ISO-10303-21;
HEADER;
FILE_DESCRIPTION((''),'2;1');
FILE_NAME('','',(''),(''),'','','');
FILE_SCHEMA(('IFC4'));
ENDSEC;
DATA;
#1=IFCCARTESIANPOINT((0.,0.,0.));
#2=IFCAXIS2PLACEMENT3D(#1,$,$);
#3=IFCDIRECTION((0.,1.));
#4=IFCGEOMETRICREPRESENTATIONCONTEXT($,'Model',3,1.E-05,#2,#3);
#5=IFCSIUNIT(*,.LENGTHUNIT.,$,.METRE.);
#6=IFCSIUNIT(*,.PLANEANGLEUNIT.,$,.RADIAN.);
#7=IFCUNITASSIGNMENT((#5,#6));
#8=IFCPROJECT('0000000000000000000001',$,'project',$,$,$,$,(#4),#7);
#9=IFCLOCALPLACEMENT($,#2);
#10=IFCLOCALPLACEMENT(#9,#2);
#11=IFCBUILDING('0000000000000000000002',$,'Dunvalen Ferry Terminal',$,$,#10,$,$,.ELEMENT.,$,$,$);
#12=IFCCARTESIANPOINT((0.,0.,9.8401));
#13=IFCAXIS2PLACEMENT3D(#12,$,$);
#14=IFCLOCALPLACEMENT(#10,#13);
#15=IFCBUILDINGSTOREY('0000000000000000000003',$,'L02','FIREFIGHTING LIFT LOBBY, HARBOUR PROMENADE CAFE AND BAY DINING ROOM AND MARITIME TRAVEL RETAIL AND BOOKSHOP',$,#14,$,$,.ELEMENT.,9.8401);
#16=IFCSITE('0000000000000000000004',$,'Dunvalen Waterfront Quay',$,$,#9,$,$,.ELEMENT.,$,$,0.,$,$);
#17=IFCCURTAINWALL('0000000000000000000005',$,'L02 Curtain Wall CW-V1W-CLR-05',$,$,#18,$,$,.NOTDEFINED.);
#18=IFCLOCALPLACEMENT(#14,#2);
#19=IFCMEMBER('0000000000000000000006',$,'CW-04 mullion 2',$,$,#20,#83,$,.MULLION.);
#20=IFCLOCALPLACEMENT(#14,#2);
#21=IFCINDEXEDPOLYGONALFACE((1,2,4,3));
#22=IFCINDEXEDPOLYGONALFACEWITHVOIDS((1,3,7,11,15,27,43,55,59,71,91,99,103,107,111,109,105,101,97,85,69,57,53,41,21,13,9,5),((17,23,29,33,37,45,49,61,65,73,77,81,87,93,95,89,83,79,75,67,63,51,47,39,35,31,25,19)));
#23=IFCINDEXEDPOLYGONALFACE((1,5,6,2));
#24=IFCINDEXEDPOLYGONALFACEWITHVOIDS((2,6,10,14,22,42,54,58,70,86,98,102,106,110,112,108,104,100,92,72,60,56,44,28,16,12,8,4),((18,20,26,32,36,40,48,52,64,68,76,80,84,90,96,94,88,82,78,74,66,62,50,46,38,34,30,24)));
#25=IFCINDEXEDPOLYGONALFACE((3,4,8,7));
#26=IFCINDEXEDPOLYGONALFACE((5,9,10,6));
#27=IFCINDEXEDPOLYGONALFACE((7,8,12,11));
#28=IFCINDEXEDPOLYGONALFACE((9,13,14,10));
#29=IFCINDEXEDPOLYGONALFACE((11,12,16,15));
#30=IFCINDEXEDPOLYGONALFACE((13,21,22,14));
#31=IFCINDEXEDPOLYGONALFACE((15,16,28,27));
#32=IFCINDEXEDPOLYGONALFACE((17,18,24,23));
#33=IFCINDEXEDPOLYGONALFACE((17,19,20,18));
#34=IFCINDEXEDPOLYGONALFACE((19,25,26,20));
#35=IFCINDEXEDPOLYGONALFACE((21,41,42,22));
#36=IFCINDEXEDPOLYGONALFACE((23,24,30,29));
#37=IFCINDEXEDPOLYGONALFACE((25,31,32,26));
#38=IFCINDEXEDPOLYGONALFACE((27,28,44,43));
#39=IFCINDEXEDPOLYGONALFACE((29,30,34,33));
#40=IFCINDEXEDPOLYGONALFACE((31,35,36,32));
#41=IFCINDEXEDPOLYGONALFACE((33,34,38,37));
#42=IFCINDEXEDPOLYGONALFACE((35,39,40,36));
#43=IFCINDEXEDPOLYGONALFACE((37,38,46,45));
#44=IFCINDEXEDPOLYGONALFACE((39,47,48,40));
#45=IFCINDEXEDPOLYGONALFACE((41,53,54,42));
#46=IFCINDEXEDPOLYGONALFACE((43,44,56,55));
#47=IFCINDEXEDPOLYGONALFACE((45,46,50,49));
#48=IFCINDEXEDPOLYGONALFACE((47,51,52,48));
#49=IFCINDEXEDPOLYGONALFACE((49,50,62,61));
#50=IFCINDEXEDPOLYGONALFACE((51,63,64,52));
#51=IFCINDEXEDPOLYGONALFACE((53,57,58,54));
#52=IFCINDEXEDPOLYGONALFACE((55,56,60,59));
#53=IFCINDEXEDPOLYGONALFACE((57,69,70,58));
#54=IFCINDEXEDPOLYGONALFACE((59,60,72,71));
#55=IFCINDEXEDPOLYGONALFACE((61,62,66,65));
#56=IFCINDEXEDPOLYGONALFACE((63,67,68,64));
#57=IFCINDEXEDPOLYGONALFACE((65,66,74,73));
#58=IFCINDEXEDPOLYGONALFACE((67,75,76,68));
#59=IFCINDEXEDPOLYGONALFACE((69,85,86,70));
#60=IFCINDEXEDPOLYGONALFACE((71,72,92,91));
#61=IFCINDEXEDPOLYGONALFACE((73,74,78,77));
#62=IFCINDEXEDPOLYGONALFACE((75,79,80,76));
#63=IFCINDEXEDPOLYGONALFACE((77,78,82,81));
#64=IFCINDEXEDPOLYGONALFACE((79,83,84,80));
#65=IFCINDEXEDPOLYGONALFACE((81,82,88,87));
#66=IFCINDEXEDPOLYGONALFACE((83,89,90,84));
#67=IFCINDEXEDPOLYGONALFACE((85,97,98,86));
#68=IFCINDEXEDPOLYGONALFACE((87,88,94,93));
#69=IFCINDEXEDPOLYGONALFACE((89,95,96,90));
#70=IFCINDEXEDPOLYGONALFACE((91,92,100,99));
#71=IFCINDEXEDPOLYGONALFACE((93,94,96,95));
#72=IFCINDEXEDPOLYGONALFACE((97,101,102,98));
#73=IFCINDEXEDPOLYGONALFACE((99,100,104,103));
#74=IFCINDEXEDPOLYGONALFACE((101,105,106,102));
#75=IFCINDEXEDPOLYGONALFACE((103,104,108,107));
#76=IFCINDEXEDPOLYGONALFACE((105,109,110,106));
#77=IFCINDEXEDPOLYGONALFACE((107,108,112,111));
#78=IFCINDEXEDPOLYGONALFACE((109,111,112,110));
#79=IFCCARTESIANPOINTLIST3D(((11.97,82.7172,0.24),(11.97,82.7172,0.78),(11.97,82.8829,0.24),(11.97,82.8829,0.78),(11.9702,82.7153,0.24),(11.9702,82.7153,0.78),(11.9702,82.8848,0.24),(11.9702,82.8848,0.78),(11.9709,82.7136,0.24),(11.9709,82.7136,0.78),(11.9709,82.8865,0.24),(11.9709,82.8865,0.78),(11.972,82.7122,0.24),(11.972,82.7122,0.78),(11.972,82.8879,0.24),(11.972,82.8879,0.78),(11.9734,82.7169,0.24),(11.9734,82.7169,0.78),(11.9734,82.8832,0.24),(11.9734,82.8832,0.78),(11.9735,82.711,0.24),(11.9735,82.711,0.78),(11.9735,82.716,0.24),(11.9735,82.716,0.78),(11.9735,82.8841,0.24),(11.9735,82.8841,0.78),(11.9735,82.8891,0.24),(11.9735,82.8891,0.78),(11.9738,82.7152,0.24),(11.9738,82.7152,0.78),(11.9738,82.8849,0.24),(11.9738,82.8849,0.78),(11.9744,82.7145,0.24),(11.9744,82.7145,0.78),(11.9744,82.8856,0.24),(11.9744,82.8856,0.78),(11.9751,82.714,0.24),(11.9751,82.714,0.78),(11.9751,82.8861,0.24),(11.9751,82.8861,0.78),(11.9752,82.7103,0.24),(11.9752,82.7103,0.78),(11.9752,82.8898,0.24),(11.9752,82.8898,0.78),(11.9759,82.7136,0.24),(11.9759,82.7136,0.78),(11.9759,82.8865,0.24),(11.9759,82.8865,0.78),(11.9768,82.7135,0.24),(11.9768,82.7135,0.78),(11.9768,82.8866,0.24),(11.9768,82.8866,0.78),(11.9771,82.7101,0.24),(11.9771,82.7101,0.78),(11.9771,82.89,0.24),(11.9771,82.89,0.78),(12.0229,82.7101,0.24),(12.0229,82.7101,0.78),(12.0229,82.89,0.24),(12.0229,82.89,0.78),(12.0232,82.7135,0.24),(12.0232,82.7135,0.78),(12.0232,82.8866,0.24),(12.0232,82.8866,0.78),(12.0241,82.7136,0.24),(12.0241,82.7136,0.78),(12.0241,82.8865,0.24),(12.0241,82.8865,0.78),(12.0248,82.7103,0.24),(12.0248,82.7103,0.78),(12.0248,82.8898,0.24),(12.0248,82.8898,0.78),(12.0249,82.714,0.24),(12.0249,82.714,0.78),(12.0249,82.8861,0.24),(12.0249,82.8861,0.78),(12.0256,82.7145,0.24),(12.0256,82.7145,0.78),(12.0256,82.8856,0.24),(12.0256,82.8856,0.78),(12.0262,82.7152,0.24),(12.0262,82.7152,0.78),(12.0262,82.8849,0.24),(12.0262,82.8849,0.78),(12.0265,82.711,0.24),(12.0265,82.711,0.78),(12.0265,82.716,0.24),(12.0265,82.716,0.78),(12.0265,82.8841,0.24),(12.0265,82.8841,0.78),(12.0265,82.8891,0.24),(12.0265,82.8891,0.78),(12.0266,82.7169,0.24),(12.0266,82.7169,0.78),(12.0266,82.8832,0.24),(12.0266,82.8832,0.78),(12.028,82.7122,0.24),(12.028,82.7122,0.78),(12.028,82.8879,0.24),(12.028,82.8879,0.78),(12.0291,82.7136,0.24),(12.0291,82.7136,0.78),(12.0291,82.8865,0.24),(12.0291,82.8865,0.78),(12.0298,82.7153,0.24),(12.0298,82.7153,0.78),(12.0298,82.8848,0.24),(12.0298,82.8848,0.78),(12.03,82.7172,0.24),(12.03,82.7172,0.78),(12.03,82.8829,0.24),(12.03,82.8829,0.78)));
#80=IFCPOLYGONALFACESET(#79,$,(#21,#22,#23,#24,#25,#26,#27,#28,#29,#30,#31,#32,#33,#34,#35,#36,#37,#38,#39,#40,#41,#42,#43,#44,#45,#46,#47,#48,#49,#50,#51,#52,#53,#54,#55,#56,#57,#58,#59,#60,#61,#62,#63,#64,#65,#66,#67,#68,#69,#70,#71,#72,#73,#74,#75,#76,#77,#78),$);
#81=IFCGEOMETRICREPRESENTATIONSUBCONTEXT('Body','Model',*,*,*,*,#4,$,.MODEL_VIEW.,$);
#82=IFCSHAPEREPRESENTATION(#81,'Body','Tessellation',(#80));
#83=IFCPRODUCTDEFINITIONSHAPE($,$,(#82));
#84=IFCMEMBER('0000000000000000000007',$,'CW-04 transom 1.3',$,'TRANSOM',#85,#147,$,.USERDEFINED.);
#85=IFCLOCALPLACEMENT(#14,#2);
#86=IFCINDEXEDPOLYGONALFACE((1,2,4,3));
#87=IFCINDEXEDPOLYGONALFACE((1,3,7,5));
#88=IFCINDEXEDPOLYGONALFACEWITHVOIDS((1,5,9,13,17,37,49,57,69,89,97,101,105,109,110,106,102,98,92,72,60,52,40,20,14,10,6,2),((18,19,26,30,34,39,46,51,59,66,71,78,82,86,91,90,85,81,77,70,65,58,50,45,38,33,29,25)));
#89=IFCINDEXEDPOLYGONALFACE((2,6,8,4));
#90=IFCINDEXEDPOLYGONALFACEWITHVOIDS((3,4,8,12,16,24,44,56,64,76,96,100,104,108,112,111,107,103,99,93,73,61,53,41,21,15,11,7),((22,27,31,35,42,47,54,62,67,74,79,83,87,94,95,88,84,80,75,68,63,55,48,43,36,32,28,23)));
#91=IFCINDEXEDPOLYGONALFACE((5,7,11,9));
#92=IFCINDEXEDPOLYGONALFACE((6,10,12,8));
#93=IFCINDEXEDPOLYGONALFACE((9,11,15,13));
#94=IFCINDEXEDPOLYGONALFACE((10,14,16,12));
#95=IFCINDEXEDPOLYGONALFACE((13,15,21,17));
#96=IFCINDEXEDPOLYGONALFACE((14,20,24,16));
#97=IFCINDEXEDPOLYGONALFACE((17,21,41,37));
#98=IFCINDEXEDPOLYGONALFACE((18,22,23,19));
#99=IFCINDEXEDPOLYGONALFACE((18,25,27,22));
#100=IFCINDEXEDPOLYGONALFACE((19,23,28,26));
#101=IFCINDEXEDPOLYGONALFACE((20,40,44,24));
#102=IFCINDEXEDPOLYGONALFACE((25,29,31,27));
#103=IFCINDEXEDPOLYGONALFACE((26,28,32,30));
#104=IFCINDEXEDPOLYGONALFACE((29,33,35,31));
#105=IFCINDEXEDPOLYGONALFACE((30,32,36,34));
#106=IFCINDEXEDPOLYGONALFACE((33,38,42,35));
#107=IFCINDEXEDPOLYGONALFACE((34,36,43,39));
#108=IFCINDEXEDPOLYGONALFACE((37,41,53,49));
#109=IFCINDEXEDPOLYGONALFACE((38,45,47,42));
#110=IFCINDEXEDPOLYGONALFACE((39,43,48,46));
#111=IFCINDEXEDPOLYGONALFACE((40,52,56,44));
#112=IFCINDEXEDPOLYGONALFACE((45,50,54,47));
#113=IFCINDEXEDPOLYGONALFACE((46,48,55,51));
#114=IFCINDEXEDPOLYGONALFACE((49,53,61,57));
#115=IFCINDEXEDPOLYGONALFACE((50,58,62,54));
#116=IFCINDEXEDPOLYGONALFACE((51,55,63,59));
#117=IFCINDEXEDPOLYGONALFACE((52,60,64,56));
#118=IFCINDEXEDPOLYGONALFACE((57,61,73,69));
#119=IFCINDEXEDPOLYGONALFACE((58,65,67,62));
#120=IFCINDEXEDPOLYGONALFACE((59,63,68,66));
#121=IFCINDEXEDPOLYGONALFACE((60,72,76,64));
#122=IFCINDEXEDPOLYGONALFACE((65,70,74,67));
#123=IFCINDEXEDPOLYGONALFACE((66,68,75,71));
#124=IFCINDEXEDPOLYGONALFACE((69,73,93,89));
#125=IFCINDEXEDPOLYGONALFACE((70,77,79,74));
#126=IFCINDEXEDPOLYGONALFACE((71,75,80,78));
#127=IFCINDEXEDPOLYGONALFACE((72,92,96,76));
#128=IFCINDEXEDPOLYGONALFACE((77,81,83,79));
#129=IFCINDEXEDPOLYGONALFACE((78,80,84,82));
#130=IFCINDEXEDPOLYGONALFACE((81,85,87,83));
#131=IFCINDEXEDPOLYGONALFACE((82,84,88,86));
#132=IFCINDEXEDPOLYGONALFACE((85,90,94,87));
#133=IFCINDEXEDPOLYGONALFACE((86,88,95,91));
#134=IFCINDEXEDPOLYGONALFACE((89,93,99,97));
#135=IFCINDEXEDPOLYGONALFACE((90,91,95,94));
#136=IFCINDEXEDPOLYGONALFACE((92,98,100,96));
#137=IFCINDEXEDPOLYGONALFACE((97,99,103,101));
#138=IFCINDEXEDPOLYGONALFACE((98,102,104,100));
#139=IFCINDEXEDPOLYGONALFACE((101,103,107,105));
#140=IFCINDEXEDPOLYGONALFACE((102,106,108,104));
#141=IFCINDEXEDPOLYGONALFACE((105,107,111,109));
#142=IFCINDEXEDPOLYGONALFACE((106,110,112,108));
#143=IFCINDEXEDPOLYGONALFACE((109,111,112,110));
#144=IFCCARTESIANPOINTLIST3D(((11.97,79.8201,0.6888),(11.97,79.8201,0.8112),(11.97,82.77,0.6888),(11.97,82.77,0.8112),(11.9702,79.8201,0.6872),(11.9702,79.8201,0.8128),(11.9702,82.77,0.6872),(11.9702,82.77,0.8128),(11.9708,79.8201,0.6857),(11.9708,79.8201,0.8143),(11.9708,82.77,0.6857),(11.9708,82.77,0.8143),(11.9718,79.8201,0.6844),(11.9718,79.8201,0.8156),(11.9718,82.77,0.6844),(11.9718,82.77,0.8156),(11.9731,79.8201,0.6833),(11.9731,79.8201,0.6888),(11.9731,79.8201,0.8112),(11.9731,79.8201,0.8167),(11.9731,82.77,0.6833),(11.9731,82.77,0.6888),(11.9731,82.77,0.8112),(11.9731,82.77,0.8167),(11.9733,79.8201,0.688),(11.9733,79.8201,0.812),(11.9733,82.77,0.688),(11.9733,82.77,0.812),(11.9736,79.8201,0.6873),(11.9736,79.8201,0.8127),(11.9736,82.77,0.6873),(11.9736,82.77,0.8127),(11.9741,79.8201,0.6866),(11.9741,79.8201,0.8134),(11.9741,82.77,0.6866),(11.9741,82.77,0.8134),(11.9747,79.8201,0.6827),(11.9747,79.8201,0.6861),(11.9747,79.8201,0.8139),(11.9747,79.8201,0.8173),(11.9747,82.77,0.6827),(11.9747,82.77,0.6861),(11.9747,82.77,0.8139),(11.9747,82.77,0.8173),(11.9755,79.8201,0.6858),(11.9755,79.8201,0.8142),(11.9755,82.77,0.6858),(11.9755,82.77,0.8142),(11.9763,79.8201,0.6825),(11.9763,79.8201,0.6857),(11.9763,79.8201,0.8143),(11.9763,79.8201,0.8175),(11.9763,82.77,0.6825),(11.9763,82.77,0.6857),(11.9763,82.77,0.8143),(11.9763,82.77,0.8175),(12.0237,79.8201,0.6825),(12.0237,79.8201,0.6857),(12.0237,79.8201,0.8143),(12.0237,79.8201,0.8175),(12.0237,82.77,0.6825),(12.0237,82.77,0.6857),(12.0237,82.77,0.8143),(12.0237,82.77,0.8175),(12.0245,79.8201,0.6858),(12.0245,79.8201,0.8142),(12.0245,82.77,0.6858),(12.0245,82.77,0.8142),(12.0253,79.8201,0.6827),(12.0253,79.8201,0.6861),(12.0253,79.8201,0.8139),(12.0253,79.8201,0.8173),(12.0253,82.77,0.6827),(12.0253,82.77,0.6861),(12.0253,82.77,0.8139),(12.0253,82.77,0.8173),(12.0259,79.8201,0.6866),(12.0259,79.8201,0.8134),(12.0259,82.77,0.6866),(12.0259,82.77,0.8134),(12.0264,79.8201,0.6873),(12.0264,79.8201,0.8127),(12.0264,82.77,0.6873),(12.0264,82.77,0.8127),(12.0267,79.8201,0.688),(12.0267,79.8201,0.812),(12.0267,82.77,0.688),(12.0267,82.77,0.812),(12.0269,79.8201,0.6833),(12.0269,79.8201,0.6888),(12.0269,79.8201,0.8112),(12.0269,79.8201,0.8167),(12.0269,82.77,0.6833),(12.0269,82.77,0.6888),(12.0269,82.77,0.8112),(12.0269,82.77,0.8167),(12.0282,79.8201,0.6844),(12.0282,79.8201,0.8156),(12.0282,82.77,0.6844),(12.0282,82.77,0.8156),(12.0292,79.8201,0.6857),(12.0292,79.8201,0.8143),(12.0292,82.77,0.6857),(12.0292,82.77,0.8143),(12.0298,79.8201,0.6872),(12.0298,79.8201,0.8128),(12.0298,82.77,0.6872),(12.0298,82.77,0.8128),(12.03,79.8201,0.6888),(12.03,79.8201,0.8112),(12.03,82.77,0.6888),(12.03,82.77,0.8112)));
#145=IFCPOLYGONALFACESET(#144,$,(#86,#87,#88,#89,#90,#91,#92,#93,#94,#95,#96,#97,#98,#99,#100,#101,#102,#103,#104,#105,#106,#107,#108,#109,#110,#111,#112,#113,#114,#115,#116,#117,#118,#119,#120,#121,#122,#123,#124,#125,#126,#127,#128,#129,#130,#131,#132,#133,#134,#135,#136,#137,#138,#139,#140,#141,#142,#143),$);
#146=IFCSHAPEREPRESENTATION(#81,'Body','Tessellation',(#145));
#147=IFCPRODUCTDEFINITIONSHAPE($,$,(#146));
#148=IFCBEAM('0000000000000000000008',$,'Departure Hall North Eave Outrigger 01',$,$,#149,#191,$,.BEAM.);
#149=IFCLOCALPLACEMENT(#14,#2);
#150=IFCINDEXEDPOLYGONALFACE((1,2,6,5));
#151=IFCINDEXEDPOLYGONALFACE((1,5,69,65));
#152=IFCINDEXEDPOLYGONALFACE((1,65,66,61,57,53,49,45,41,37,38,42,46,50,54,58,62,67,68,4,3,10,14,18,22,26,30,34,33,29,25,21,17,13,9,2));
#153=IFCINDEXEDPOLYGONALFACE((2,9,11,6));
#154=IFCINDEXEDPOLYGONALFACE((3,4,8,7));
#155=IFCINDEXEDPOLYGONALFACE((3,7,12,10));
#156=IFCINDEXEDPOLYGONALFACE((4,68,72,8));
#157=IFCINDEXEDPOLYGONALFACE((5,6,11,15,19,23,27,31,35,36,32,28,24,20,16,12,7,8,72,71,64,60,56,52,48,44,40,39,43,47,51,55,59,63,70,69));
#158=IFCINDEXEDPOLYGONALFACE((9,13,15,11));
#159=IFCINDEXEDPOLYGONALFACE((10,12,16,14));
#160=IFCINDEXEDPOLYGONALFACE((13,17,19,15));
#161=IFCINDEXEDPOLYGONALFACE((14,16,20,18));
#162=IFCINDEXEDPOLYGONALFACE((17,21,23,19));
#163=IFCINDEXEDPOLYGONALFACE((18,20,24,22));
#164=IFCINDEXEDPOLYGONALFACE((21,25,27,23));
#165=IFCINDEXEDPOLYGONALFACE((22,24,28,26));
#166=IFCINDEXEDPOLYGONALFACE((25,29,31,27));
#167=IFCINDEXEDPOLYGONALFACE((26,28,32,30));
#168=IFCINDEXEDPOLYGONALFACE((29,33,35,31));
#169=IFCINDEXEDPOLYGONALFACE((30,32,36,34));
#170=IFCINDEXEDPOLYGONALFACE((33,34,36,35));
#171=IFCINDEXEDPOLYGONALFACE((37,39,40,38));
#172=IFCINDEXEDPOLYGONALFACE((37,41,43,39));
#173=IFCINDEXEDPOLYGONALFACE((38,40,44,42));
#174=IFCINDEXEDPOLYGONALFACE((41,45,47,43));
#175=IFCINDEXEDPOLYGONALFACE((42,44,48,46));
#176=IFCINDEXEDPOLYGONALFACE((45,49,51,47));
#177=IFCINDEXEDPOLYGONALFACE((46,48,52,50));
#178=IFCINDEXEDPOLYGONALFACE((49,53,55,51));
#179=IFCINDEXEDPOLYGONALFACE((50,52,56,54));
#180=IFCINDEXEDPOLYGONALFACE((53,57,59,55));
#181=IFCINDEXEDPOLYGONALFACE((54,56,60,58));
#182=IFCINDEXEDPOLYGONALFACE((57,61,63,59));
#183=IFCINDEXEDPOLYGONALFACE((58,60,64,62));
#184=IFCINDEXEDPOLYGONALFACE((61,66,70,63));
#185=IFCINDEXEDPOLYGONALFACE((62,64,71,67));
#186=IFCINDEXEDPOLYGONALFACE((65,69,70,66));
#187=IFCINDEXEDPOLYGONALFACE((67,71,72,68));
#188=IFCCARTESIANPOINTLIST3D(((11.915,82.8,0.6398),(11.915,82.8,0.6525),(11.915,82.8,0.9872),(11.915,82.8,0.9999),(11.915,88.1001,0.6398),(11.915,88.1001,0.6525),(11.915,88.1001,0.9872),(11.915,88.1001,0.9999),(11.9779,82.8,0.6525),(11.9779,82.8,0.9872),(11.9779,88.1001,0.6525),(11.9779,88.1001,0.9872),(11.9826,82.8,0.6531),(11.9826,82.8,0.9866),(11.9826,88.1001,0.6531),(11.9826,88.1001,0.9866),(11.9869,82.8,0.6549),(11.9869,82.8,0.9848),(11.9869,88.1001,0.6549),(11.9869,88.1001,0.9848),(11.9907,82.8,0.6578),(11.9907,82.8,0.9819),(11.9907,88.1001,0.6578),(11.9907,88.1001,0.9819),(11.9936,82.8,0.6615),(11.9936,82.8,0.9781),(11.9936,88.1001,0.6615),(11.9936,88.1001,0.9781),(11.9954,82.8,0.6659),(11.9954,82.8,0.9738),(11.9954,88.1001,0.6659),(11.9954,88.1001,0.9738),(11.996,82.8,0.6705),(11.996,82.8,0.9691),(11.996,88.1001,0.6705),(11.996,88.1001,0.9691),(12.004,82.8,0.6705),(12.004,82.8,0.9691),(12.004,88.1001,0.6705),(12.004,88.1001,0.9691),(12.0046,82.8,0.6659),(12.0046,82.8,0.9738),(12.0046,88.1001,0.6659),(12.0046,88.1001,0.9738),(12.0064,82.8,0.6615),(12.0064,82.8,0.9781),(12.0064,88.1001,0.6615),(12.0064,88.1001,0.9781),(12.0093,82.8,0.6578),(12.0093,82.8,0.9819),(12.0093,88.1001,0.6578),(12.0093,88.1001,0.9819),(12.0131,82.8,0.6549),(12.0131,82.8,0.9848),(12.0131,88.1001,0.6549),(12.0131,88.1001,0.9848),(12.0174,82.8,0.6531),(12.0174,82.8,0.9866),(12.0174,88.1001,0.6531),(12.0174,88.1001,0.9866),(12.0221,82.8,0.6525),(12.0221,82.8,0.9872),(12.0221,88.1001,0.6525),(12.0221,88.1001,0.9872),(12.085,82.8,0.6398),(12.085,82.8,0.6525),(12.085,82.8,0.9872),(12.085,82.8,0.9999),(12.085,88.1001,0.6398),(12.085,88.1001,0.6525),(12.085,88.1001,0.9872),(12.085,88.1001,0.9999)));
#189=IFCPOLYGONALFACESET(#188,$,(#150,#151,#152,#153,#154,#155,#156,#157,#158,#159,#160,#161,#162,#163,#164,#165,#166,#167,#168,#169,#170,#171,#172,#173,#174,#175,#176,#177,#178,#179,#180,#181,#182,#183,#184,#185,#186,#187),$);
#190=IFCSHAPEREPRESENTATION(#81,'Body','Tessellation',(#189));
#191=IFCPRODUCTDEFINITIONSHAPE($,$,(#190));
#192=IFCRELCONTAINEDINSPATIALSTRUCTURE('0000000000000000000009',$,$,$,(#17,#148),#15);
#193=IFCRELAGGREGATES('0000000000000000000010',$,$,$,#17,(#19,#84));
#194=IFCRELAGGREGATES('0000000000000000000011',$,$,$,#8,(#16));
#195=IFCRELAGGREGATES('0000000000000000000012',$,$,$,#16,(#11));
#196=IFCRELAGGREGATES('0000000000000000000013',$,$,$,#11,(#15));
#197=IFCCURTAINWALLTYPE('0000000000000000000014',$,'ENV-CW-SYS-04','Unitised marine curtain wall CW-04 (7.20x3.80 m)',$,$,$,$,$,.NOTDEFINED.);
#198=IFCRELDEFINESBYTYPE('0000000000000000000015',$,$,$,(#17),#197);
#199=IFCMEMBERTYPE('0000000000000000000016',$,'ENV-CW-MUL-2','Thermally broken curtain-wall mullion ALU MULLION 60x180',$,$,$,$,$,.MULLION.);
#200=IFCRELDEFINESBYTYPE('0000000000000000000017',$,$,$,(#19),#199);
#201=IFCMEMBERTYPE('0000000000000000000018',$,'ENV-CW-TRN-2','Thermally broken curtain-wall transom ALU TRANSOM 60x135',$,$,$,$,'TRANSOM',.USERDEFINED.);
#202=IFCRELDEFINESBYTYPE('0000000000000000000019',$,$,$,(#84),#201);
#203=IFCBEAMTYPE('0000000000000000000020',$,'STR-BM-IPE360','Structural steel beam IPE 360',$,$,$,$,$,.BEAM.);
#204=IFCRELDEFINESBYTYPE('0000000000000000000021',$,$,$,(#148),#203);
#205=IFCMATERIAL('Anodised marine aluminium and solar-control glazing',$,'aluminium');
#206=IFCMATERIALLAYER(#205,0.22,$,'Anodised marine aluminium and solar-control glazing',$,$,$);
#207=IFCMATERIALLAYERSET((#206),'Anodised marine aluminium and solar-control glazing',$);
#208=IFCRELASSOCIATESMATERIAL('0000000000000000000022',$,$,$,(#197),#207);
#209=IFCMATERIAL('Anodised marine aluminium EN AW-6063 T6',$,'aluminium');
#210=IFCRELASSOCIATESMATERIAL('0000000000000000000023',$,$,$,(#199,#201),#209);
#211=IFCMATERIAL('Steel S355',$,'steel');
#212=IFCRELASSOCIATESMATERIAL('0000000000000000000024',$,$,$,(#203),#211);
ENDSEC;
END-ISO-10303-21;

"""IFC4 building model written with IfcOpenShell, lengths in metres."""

from ifc_helpers import new_model, si_unit, direction, frame, origin, origin_2d, place, context, subcontext, project, spatial, hollow_rectangle, i_section, extrude, material, layer, layer_set, material_profile, profile_set, type_object, element, aggregate, save


model = new_model("IFC4")

# Units and contexts
model_context = context("Model", 3, precision=1e-05, world=origin(), true_north=direction((0.0, 1.0)))
body_context = subcontext(model_context, "Body", "Model", "MODEL_VIEW")
ifc_project = project(units=[si_unit("LENGTHUNIT", "METRE"), si_unit("PLANEANGLEUNIT", "RADIAN")], contexts=[model_context])

# Site, building, storey
site_placement = place(None, origin())
site = spatial("IfcSite", under=ifc_project, at=site_placement, Name="Dunvalen Waterfront Quay", CompositionType="ELEMENT", RefElevation=0.0)
building_placement = place(site_placement, origin())
building = spatial("IfcBuilding", under=site, at=building_placement, Name="Dunvalen Ferry Terminal", CompositionType="ELEMENT")
storey_placement = place(building_placement, frame((0.0, 0.0, 9.8401)))
storey = spatial("IfcBuildingStorey", under=building, at=storey_placement, Name="L02", Description="FIREFIGHTING LIFT LOBBY, HARBOUR PROMENADE CAFE AND BAY DINING ROOM AND MARITIME TRAVEL RETAIL AND BOOKSHOP", CompositionType="ELEMENT", Elevation=9.8401)

# Curtain wall, members
ifc_material_1 = material(Name="Anodised marine aluminium and solar-control glazing", Category="aluminium")
ifc_layer_1 = layer(ifc_material_1, 0.22, Name="Anodised marine aluminium and solar-control glazing")
ifc_layer_set_1 = layer_set([ifc_layer_1], Name="Anodised marine aluminium and solar-control glazing")
curtain_wall_type = type_object("IfcCurtainWallType", Name="ENV-CW-SYS-04", Description="Unitised marine curtain wall CW-04 (7.20x3.80 m)", PredefinedType="NOTDEFINED", material=ifc_layer_set_1)
curtain_wall_placement = place(storey_placement, origin())
curtain_wall = element("IfcCurtainWall", 1, at=curtain_wall_placement, inside=storey, type_object=curtain_wall_type, Name="L02 Curtain Wall CW-V1W-CLR-05", PredefinedType="NOTDEFINED")
ifc_material_2 = material(Name="Anodised marine aluminium EN AW-6063 T6", Category="aluminium")
ifc_material_profile_1 = material_profile(ifc_material_2, hollow_rectangle(XDim=0.0601, YDim=0.1799, WallThickness=0.0034, InnerFilletRadius=0.0034, OuterFilletRadius=0.0071, at=origin_2d()), Name="Anodised marine aluminium EN AW-6063 T6")
ifc_profile_set_1 = profile_set([ifc_material_profile_1], Name="Anodised marine aluminium EN AW-6063 T6")
member_type_1 = type_object("IfcMemberType", Name="ENV-CW-MUL-2", Description="Thermally broken curtain-wall mullion ALU MULLION 60x180", PredefinedType="MULLION", material=ifc_profile_set_1)
member_1_placement = place(storey_placement, frame((12.0, 82.8, 0.24), z_axis=(0.0, 0.0, 1.0), x_axis=(-1.0, 0.0, 0.0)))
member_1 = element("IfcMember", 2, at=member_1_placement, type_object=member_type_1, Name="CW-04 mullion 2", PredefinedType="MULLION", context=body_context, shape_type="SweptSolid", body=[
    extrude(hollow_rectangle(XDim=0.0601, YDim=0.1799, WallThickness=0.0034, InnerFilletRadius=0.0034, OuterFilletRadius=0.0071, at=origin_2d()), origin(), (0.0, 0.0, 1.0), 0.54),
])
ifc_material_profile_2 = material_profile(ifc_material_2, hollow_rectangle(XDim=0.0601, YDim=0.135, WallThickness=0.0032, InnerFilletRadius=0.0032, OuterFilletRadius=0.0063, at=origin_2d()), Name="Anodised marine aluminium EN AW-6063 T6")
ifc_profile_set_2 = profile_set([ifc_material_profile_2], Name="Anodised marine aluminium EN AW-6063 T6")
member_type_2 = type_object("IfcMemberType", Name="ENV-CW-TRN-2", Description="Thermally broken curtain-wall transom ALU TRANSOM 60x135", ElementType="TRANSOM", PredefinedType="USERDEFINED", material=ifc_profile_set_2)
member_2_placement = place(storey_placement, frame((12.0, 79.8201, 0.75), z_axis=(0.0, 1.0, 0.0), x_axis=(-1.0, 0.0, 0.0)))
member_2 = element("IfcMember", 3, at=member_2_placement, type_object=member_type_2, Name="CW-04 transom 1.3", ObjectType="TRANSOM", PredefinedType="USERDEFINED", context=body_context, shape_type="SweptSolid", body=[
    extrude(hollow_rectangle(XDim=0.0601, YDim=0.135, WallThickness=0.0032, InnerFilletRadius=0.0032, OuterFilletRadius=0.0063, at=origin_2d()), origin(), (0.0, 0.0, 1.0), 2.95),
])

# Beam
ifc_material_3 = material(Name="Steel S355", Category="steel")
ifc_material_profile_3 = material_profile(ifc_material_3, i_section(OverallWidth=0.1699, OverallDepth=0.3601, WebThickness=0.0081, FlangeThickness=0.0127, FilletRadius=0.0181, at=origin_2d()), Name="Steel S355")
ifc_profile_set_3 = profile_set([ifc_material_profile_3], Name="Steel S355")
beam_type_1 = type_object("IfcBeamType", Name="STR-BM-IPE360", Description="Structural steel beam IPE 360", PredefinedType="BEAM", material=ifc_profile_set_3)
beam_1_placement = place(storey_placement, frame((12.0, 82.8, 0.8198), z_axis=(0.0, 1.0, 0.0), x_axis=(-1.0, 0.0, 0.0)))
element("IfcBeam", 4, at=beam_1_placement, inside=storey, type_object=beam_type_1, Name="Departure Hall North Eave Outrigger 01", PredefinedType="BEAM", context=body_context, shape_type="SweptSolid", body=[
    extrude(i_section(OverallWidth=0.1699, OverallDepth=0.3601, WebThickness=0.0081, FlangeThickness=0.0127, FilletRadius=0.0181, at=origin_2d()), origin(), (0.0, 0.0, 1.0), 5.3),
])

aggregate(curtain_wall, [member_1, member_2])

save(model, "model.ifc")
